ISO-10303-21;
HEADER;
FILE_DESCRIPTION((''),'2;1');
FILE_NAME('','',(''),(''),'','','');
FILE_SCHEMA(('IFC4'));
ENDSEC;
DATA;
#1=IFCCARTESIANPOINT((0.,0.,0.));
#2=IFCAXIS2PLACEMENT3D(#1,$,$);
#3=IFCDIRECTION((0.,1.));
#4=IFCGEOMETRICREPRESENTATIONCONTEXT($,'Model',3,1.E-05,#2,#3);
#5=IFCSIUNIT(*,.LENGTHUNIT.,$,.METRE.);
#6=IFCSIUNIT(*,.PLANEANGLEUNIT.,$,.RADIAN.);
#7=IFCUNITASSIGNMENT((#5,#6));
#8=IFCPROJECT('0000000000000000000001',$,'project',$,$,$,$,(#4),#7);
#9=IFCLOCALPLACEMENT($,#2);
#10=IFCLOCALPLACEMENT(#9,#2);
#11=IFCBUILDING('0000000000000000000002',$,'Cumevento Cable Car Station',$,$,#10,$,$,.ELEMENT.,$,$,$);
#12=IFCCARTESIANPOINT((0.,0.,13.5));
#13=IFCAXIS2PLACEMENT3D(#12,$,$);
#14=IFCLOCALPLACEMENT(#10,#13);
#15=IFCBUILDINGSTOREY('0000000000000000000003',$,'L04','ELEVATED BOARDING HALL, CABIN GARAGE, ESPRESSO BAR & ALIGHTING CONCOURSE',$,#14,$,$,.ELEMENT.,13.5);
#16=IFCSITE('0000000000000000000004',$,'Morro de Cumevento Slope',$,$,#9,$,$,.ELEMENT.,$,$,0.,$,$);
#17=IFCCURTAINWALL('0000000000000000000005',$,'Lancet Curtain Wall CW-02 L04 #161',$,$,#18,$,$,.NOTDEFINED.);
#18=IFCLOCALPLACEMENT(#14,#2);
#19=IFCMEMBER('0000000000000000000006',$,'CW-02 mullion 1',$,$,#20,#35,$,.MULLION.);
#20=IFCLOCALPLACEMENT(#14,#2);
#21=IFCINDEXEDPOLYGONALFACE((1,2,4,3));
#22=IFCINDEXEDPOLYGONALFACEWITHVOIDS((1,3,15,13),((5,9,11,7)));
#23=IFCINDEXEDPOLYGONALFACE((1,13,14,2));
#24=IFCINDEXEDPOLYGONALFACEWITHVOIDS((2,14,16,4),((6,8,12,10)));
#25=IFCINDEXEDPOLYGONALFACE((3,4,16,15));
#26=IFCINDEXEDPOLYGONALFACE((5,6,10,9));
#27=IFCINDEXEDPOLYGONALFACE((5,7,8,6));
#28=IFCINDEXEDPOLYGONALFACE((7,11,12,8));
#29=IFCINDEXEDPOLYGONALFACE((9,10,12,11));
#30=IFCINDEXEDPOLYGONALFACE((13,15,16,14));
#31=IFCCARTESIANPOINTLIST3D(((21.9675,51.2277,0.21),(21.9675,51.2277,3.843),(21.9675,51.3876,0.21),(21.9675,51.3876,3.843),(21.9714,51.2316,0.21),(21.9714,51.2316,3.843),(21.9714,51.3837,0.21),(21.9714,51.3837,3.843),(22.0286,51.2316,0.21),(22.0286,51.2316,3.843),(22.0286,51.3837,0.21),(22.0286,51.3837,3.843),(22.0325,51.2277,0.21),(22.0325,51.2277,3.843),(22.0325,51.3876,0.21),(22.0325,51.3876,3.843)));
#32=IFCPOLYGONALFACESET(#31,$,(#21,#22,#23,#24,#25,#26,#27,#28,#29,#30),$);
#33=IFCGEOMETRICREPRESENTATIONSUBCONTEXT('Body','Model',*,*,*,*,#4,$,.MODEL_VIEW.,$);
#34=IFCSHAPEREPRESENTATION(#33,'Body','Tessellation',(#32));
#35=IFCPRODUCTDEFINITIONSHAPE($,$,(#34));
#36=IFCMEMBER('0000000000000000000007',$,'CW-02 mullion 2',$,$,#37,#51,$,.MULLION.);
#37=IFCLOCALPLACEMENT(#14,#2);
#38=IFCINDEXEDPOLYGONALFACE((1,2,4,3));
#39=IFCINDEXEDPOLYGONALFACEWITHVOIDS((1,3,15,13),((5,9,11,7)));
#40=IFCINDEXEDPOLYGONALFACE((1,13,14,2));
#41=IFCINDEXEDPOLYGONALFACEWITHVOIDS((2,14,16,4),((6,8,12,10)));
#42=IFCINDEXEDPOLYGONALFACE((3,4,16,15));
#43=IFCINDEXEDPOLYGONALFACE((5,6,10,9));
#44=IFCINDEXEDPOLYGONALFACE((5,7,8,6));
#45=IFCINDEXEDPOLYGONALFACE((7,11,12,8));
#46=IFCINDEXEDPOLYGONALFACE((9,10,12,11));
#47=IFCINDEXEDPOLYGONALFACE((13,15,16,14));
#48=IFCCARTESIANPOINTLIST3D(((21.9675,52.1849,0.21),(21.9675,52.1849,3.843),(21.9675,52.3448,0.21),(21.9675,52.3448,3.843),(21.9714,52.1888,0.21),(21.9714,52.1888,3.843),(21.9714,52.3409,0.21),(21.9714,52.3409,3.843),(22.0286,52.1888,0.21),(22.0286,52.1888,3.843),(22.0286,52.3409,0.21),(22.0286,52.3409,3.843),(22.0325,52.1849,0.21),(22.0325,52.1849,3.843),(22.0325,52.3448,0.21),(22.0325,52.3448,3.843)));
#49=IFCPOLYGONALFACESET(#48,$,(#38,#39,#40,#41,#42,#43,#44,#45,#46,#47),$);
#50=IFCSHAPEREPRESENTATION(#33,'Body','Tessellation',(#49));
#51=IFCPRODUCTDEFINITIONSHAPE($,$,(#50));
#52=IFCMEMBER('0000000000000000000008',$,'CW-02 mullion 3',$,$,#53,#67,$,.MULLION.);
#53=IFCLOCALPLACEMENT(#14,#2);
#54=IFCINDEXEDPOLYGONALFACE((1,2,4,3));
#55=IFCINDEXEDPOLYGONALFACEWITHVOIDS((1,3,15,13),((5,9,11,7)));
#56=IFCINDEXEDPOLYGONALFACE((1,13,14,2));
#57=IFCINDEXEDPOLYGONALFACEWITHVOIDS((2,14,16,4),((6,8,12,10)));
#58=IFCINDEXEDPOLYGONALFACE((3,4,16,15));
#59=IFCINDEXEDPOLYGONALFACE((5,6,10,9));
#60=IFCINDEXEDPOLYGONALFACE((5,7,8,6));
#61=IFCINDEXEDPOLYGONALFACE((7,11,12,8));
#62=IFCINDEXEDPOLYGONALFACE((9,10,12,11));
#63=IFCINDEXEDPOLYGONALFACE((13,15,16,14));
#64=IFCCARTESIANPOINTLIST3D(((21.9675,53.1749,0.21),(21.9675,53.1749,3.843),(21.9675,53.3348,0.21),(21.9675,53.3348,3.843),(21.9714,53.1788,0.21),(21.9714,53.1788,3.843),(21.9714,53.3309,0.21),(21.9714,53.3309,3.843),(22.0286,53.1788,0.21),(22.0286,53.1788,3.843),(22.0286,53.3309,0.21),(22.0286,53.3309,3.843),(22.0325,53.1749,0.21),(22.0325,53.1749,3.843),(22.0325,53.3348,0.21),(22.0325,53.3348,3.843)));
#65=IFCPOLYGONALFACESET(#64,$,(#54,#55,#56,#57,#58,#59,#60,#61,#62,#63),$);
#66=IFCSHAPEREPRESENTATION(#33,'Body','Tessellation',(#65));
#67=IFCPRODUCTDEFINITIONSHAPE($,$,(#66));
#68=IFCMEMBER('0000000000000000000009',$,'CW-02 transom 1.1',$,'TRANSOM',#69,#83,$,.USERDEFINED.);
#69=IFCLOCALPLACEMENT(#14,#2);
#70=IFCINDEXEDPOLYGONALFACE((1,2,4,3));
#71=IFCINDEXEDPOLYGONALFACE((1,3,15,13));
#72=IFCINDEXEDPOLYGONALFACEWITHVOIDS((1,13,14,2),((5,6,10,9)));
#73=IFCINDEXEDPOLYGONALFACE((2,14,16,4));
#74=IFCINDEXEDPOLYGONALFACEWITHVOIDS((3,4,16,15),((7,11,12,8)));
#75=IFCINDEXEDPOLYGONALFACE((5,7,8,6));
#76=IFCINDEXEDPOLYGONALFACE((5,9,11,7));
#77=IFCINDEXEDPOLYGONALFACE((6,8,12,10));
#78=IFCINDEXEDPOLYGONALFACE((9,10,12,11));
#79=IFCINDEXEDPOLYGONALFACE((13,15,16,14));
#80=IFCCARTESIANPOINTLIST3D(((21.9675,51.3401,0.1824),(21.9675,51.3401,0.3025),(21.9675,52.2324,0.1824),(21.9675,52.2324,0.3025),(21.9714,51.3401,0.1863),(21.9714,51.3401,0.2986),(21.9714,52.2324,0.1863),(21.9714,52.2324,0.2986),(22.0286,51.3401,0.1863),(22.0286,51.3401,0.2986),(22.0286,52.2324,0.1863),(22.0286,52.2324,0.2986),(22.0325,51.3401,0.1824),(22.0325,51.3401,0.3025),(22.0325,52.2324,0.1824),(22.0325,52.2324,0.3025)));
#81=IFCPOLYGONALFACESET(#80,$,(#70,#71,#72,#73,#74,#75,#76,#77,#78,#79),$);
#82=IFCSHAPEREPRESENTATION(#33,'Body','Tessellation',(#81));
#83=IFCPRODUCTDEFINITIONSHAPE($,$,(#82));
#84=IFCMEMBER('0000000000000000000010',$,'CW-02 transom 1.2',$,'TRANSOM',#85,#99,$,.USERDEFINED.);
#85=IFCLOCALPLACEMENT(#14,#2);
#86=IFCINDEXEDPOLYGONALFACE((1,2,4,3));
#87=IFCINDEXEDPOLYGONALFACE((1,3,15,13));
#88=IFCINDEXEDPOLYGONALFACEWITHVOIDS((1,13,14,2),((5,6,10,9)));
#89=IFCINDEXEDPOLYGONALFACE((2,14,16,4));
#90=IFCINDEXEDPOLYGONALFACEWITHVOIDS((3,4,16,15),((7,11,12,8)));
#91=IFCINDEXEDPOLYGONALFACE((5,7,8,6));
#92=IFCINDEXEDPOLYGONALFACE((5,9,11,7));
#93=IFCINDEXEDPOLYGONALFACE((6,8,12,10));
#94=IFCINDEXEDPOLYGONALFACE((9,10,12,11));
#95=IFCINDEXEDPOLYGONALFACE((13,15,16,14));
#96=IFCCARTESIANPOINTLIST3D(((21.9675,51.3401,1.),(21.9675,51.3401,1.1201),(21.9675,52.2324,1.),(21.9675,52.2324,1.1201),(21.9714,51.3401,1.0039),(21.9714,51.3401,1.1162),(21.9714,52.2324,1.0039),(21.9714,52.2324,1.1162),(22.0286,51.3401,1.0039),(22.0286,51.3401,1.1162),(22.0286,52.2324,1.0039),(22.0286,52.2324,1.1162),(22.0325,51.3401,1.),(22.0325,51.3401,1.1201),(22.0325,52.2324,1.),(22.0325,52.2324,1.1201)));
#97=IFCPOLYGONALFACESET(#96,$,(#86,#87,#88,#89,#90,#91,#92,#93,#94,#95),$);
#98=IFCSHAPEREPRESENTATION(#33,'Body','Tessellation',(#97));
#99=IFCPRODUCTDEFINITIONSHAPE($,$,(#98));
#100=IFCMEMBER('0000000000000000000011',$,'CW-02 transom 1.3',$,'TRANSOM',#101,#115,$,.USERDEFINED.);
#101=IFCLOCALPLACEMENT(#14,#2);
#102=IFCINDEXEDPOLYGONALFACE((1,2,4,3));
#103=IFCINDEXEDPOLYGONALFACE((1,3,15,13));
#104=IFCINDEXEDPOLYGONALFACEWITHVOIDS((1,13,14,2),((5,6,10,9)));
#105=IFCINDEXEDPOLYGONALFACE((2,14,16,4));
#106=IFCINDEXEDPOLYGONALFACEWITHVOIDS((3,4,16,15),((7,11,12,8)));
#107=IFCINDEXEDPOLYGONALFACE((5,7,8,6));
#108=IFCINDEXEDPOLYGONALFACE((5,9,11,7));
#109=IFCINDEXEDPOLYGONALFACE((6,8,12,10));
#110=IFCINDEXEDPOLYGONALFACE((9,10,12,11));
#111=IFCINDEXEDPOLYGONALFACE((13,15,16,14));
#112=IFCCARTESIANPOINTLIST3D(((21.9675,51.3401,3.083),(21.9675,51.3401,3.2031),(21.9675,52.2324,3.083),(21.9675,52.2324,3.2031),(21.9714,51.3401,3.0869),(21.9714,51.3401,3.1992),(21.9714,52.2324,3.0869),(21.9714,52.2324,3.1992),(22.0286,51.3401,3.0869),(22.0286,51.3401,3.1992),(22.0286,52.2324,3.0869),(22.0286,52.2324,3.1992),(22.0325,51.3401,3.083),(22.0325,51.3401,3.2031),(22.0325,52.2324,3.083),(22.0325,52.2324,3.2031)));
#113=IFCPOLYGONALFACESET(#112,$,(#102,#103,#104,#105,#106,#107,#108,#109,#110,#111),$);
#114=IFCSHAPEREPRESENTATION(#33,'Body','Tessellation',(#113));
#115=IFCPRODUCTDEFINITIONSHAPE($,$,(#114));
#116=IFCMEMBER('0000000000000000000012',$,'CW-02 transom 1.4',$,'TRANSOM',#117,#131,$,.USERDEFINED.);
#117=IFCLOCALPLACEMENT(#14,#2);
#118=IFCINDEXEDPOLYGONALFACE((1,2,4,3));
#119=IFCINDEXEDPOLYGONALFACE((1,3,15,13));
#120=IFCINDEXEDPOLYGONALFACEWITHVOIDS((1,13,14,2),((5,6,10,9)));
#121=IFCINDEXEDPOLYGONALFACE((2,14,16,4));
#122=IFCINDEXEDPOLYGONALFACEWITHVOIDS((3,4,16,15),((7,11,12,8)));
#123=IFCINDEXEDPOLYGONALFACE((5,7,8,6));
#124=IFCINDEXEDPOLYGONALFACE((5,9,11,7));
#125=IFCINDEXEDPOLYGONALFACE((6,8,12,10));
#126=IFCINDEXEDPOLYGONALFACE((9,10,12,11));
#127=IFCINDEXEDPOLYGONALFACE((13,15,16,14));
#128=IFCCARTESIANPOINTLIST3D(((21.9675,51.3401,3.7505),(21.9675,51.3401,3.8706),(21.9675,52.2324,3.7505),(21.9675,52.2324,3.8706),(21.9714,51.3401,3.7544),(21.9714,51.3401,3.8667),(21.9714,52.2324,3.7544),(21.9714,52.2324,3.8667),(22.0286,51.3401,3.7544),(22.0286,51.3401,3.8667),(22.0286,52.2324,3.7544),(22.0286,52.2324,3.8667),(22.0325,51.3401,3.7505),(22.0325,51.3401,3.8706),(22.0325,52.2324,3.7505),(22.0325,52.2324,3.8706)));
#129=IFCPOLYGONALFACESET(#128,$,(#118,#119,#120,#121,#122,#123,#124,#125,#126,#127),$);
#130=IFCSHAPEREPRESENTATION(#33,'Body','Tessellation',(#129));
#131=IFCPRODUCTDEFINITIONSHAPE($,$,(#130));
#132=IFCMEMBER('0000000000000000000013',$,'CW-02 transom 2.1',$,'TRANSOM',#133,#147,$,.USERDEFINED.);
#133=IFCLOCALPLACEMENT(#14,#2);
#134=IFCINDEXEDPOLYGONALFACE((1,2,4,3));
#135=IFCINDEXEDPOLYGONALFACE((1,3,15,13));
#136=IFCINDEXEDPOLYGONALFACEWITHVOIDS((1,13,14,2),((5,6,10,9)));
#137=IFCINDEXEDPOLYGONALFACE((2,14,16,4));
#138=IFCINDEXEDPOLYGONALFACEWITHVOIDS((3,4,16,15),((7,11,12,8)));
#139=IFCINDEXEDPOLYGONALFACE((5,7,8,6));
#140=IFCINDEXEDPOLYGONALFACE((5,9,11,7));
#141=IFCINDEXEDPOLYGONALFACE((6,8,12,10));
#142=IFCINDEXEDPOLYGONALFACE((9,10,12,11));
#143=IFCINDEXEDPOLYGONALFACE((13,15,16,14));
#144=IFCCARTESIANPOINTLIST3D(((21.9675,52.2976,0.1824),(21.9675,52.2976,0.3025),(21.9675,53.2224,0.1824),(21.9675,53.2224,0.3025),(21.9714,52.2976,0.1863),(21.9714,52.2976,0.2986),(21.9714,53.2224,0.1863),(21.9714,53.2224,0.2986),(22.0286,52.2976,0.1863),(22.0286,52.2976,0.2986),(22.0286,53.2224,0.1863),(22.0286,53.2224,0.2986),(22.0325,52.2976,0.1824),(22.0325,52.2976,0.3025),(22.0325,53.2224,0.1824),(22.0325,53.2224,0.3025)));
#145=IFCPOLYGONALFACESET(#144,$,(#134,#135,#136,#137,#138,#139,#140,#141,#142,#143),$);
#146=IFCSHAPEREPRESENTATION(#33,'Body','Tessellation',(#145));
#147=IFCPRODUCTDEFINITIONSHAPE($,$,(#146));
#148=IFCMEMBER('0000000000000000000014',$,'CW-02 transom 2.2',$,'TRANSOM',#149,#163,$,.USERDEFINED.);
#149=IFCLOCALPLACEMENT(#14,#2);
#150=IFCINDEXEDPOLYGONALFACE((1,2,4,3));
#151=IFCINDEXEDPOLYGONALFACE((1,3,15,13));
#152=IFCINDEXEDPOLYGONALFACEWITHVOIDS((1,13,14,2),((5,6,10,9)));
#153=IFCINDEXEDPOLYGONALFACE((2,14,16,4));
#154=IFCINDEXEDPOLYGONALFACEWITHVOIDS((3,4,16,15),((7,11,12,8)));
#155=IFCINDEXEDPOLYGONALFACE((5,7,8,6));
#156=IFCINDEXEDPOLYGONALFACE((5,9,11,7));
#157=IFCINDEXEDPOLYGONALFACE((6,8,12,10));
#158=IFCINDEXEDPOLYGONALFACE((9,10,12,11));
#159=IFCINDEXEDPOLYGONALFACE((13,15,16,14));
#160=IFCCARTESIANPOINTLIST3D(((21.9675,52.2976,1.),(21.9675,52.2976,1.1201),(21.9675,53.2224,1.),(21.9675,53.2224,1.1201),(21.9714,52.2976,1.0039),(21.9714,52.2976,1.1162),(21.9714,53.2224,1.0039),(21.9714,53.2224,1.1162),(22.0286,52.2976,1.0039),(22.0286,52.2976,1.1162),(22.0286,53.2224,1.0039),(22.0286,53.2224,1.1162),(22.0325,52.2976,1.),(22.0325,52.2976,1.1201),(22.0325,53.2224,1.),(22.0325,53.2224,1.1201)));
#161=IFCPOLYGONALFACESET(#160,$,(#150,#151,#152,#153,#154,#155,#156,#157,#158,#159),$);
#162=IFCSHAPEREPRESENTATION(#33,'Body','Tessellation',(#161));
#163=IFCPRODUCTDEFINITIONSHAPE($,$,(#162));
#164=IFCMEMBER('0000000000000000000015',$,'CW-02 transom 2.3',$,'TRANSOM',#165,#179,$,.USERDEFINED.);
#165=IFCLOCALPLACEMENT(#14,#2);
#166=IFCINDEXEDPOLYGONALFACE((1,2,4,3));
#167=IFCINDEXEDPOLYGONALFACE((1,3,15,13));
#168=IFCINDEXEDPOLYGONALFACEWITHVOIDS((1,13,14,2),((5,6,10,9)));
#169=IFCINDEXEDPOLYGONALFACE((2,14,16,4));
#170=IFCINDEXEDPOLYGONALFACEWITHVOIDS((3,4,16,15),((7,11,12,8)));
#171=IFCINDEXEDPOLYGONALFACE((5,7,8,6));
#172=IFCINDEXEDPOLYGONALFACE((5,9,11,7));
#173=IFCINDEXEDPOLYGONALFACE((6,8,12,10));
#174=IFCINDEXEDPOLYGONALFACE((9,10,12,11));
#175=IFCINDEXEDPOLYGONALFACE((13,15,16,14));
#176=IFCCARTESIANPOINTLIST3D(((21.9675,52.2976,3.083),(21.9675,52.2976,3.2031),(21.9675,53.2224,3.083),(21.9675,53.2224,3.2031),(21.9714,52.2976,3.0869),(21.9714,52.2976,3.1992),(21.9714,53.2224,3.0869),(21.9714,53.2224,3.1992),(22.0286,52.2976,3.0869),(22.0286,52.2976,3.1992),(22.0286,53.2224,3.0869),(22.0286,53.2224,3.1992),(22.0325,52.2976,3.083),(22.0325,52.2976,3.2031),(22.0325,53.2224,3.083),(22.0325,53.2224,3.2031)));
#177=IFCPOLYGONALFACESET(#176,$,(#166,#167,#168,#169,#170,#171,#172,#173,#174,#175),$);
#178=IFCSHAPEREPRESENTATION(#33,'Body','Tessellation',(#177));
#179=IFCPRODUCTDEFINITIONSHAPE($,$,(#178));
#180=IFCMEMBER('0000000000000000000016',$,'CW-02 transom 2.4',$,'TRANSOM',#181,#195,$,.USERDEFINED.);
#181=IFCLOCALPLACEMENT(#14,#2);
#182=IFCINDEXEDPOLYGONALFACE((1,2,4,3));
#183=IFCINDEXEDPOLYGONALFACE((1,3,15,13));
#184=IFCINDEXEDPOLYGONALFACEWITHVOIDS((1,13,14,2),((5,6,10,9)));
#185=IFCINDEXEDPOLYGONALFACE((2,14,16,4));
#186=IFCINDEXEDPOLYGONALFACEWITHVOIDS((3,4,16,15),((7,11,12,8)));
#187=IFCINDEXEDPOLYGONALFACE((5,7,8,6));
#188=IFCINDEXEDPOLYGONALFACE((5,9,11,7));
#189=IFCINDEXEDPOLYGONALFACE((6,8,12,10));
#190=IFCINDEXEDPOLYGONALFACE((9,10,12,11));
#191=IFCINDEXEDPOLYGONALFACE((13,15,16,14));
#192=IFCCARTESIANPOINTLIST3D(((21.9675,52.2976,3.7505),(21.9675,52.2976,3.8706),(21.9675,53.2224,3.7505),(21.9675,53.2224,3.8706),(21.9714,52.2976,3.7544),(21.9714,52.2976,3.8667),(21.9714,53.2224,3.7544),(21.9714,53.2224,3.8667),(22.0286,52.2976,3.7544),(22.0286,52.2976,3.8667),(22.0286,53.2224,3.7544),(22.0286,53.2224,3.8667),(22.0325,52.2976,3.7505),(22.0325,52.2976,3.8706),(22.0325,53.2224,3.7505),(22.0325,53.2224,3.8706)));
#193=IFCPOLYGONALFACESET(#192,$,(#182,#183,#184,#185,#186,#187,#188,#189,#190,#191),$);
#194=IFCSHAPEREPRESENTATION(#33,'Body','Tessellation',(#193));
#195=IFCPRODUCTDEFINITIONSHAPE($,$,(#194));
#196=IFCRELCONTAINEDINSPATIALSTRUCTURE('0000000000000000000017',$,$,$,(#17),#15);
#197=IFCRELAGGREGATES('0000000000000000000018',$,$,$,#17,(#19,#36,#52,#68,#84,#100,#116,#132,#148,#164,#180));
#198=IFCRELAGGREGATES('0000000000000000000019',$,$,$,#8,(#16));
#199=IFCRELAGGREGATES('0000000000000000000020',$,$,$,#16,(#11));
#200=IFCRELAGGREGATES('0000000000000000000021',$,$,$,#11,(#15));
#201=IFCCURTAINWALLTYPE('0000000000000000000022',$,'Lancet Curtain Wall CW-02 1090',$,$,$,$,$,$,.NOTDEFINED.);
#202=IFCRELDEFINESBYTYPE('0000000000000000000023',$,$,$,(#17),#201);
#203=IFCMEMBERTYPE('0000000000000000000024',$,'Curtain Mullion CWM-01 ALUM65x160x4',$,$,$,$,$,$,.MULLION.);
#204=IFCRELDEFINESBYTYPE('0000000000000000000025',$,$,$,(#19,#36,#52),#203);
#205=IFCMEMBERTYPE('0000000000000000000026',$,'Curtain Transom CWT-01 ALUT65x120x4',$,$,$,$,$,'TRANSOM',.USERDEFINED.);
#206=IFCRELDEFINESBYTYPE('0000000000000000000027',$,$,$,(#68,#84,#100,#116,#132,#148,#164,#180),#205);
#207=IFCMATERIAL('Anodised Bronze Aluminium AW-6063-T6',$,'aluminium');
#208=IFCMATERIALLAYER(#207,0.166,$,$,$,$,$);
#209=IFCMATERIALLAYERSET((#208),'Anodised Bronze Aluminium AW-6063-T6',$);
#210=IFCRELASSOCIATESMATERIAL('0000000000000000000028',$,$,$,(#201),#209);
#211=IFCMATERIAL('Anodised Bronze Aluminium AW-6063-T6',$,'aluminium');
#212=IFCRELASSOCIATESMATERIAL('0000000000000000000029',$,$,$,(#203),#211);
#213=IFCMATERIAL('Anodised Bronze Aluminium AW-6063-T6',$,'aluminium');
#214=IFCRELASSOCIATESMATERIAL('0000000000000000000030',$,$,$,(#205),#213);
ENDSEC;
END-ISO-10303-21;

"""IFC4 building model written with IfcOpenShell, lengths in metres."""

from ifc_helpers import new_model, si_unit, direction, frame, origin, origin_2d, place, context, subcontext, project, spatial, hollow_rectangle, extrude, material, layer, layer_set, material_profile, profile_set, type_object, element, aggregate, save


model = new_model("IFC4")

# Units and contexts
model_context = context("Model", 3, precision=1e-05, world=origin(), true_north=direction((0.0, 1.0)))
body_context = subcontext(model_context, "Body", "Model", "MODEL_VIEW")
ifc_project = project(units=[si_unit("LENGTHUNIT", "METRE"), si_unit("PLANEANGLEUNIT", "RADIAN")], contexts=[model_context])

# Site, building, storey
site_placement = place(None, origin())
site = spatial("IfcSite", under=ifc_project, at=site_placement, Name="Morro de Cumevento Slope", CompositionType="ELEMENT", RefElevation=0.0)
building_placement = place(site_placement, origin())
building = spatial("IfcBuilding", under=site, at=building_placement, Name="Cumevento Cable Car Station", CompositionType="ELEMENT")
storey_placement = place(building_placement, frame((0.0, 0.0, 13.5)))
storey = spatial("IfcBuildingStorey", under=building, at=storey_placement, Name="L04", Description="ELEVATED BOARDING HALL, CABIN GARAGE, ESPRESSO BAR & ALIGHTING CONCOURSE", CompositionType="ELEMENT", Elevation=13.5)

# Curtain wall, members
ifc_material_1 = material(Name="Anodised Bronze Aluminium AW-6063-T6", Category="aluminium")
ifc_layer_1 = layer(ifc_material_1, 0.166)
ifc_layer_set_1 = layer_set([ifc_layer_1], Name="Anodised Bronze Aluminium AW-6063-T6")
curtain_wall_type = type_object("IfcCurtainWallType", Name="Lancet Curtain Wall CW-02 1090", PredefinedType="NOTDEFINED", material=ifc_layer_set_1)
curtain_wall_placement = place(storey_placement, origin())
curtain_wall = element("IfcCurtainWall", 1, at=curtain_wall_placement, inside=storey, type_object=curtain_wall_type, Name="Lancet Curtain Wall CW-02 L04 #161", PredefinedType="NOTDEFINED")
ifc_material_2 = material(Name="Anodised Bronze Aluminium AW-6063-T6", Category="aluminium")
ifc_material_profile_1 = material_profile(ifc_material_2, hollow_rectangle(XDim=0.0649, YDim=0.1599, WallThickness=0.0039, at=origin_2d()), Name="ALUM65x160x4")
ifc_profile_set_1 = profile_set([ifc_material_profile_1], Name="Anodised Bronze Aluminium AW-6063-T6")
member_type_1 = type_object("IfcMemberType", Name="Curtain Mullion CWM-01 ALUM65x160x4", PredefinedType="MULLION", material=ifc_profile_set_1)
member_1_placement = place(storey_placement, frame((22.0, 51.3076, 0.21), z_axis=(0.0, 0.0, 1.0), x_axis=(-1.0, 0.0, 0.0)))
member_1 = element("IfcMember", 2, at=member_1_placement, type_object=member_type_1, Name="CW-02 mullion 1", PredefinedType="MULLION", context=body_context, shape_type="SweptSolid", body=[
    extrude(hollow_rectangle(XDim=0.0649, YDim=0.1599, WallThickness=0.0039, at=origin_2d()), origin(), (0.0, 0.0, 1.0), 3.6331),
])
member_2_placement = place(storey_placement, frame((22.0, 52.2649, 0.21), z_axis=(0.0, 0.0, 1.0), x_axis=(-1.0, 0.0, 0.0)))
member_2 = element("IfcMember", 3, at=member_2_placement, type_object=member_type_1, Name="CW-02 mullion 2", PredefinedType="MULLION", context=body_context, shape_type="SweptSolid", body=[
    extrude(hollow_rectangle(XDim=0.0649, YDim=0.1599, WallThickness=0.0039, at=origin_2d()), origin(), (0.0, 0.0, 1.0), 3.6331),
])
member_3_placement = place(storey_placement, frame((22.0, 53.2549, 0.21), z_axis=(0.0, 0.0, 1.0), x_axis=(-1.0, 0.0, 0.0)))
member_3 = element("IfcMember", 4, at=member_3_placement, type_object=member_type_1, Name="CW-02 mullion 3", PredefinedType="MULLION", context=body_context, shape_type="SweptSolid", body=[
    extrude(hollow_rectangle(XDim=0.0649, YDim=0.1599, WallThickness=0.0039, at=origin_2d()), origin(), (0.0, 0.0, 1.0), 3.6331),
])
ifc_material_3 = material(Name="Anodised Bronze Aluminium AW-6063-T6", Category="aluminium")
ifc_material_profile_2 = material_profile(ifc_material_3, hollow_rectangle(XDim=0.0649, YDim=0.1201, WallThickness=0.0039, at=origin_2d()), Name="ALUT65x120x4")
ifc_profile_set_2 = profile_set([ifc_material_profile_2], Name="Anodised Bronze Aluminium AW-6063-T6")
member_type_2 = type_object("IfcMemberType", Name="Curtain Transom CWT-01 ALUT65x120x4", ElementType="TRANSOM", PredefinedType="USERDEFINED", material=ifc_profile_set_2)
member_4_placement = place(storey_placement, frame((22.0, 51.3401, 0.2424), z_axis=(0.0, 1.0, 0.0), x_axis=(-1.0, 0.0, 0.0)))
member_4 = element("IfcMember", 5, at=member_4_placement, type_object=member_type_2, Name="CW-02 transom 1.1", ObjectType="TRANSOM", PredefinedType="USERDEFINED", context=body_context, shape_type="SweptSolid", body=[
    extrude(hollow_rectangle(XDim=0.0649, YDim=0.1201, WallThickness=0.0039, at=origin_2d()), origin(), (0.0, 0.0, 1.0), 0.8923),
])
member_5_placement = place(storey_placement, frame((22.0, 51.3401, 1.0601), z_axis=(0.0, 1.0, 0.0), x_axis=(-1.0, 0.0, 0.0)))
member_5 = element("IfcMember", 6, at=member_5_placement, type_object=member_type_2, Name="CW-02 transom 1.2", ObjectType="TRANSOM", PredefinedType="USERDEFINED", context=body_context, shape_type="SweptSolid", body=[
    extrude(hollow_rectangle(XDim=0.0649, YDim=0.1201, WallThickness=0.0039, at=origin_2d()), origin(), (0.0, 0.0, 1.0), 0.8923),
])
member_6_placement = place(storey_placement, frame((22.0, 51.3401, 3.1431), z_axis=(0.0, 1.0, 0.0), x_axis=(-1.0, 0.0, 0.0)))
member_6 = element("IfcMember", 7, at=member_6_placement, type_object=member_type_2, Name="CW-02 transom 1.3", ObjectType="TRANSOM", PredefinedType="USERDEFINED", context=body_context, shape_type="SweptSolid", body=[
    extrude(hollow_rectangle(XDim=0.0649, YDim=0.1201, WallThickness=0.0039, at=origin_2d()), origin(), (0.0, 0.0, 1.0), 0.8923),
])
member_7_placement = place(storey_placement, frame((22.0, 51.3401, 3.8105), z_axis=(0.0, 1.0, 0.0), x_axis=(-1.0, 0.0, 0.0)))
member_7 = element("IfcMember", 8, at=member_7_placement, type_object=member_type_2, Name="CW-02 transom 1.4", ObjectType="TRANSOM", PredefinedType="USERDEFINED", context=body_context, shape_type="SweptSolid", body=[
    extrude(hollow_rectangle(XDim=0.0649, YDim=0.1201, WallThickness=0.0039, at=origin_2d()), origin(), (0.0, 0.0, 1.0), 0.8923),
])
member_8_placement = place(storey_placement, frame((22.0, 52.2976, 0.2424), z_axis=(0.0, 1.0, 0.0), x_axis=(-1.0, 0.0, 0.0)))
member_8 = element("IfcMember", 9, at=member_8_placement, type_object=member_type_2, Name="CW-02 transom 2.1", ObjectType="TRANSOM", PredefinedType="USERDEFINED", context=body_context, shape_type="SweptSolid", body=[
    extrude(hollow_rectangle(XDim=0.0649, YDim=0.1201, WallThickness=0.0039, at=origin_2d()), origin(), (0.0, 0.0, 1.0), 0.9248),
])
member_9_placement = place(storey_placement, frame((22.0, 52.2976, 1.0601), z_axis=(0.0, 1.0, 0.0), x_axis=(-1.0, 0.0, 0.0)))
member_9 = element("IfcMember", 10, at=member_9_placement, type_object=member_type_2, Name="CW-02 transom 2.2", ObjectType="TRANSOM", PredefinedType="USERDEFINED", context=body_context, shape_type="SweptSolid", body=[
    extrude(hollow_rectangle(XDim=0.0649, YDim=0.1201, WallThickness=0.0039, at=origin_2d()), origin(), (0.0, 0.0, 1.0), 0.9248),
])
member_10_placement = place(storey_placement, frame((22.0, 52.2976, 3.1431), z_axis=(0.0, 1.0, 0.0), x_axis=(-1.0, 0.0, 0.0)))
member_10 = element("IfcMember", 11, at=member_10_placement, type_object=member_type_2, Name="CW-02 transom 2.3", ObjectType="TRANSOM", PredefinedType="USERDEFINED", context=body_context, shape_type="SweptSolid", body=[
    extrude(hollow_rectangle(XDim=0.0649, YDim=0.1201, WallThickness=0.0039, at=origin_2d()), origin(), (0.0, 0.0, 1.0), 0.9248),
])
member_11_placement = place(storey_placement, frame((22.0, 52.2976, 3.8105), z_axis=(0.0, 1.0, 0.0), x_axis=(-1.0, 0.0, 0.0)))
member_11 = element("IfcMember", 12, at=member_11_placement, type_object=member_type_2, Name="CW-02 transom 2.4", ObjectType="TRANSOM", PredefinedType="USERDEFINED", context=body_context, shape_type="SweptSolid", body=[
    extrude(hollow_rectangle(XDim=0.0649, YDim=0.1201, WallThickness=0.0039, at=origin_2d()), origin(), (0.0, 0.0, 1.0), 0.9248),
])
aggregate(curtain_wall, [member_1, member_2, member_3, member_4, member_5, member_6, member_7, member_8, member_9, member_10, member_11])

save(model, "model.ifc")
